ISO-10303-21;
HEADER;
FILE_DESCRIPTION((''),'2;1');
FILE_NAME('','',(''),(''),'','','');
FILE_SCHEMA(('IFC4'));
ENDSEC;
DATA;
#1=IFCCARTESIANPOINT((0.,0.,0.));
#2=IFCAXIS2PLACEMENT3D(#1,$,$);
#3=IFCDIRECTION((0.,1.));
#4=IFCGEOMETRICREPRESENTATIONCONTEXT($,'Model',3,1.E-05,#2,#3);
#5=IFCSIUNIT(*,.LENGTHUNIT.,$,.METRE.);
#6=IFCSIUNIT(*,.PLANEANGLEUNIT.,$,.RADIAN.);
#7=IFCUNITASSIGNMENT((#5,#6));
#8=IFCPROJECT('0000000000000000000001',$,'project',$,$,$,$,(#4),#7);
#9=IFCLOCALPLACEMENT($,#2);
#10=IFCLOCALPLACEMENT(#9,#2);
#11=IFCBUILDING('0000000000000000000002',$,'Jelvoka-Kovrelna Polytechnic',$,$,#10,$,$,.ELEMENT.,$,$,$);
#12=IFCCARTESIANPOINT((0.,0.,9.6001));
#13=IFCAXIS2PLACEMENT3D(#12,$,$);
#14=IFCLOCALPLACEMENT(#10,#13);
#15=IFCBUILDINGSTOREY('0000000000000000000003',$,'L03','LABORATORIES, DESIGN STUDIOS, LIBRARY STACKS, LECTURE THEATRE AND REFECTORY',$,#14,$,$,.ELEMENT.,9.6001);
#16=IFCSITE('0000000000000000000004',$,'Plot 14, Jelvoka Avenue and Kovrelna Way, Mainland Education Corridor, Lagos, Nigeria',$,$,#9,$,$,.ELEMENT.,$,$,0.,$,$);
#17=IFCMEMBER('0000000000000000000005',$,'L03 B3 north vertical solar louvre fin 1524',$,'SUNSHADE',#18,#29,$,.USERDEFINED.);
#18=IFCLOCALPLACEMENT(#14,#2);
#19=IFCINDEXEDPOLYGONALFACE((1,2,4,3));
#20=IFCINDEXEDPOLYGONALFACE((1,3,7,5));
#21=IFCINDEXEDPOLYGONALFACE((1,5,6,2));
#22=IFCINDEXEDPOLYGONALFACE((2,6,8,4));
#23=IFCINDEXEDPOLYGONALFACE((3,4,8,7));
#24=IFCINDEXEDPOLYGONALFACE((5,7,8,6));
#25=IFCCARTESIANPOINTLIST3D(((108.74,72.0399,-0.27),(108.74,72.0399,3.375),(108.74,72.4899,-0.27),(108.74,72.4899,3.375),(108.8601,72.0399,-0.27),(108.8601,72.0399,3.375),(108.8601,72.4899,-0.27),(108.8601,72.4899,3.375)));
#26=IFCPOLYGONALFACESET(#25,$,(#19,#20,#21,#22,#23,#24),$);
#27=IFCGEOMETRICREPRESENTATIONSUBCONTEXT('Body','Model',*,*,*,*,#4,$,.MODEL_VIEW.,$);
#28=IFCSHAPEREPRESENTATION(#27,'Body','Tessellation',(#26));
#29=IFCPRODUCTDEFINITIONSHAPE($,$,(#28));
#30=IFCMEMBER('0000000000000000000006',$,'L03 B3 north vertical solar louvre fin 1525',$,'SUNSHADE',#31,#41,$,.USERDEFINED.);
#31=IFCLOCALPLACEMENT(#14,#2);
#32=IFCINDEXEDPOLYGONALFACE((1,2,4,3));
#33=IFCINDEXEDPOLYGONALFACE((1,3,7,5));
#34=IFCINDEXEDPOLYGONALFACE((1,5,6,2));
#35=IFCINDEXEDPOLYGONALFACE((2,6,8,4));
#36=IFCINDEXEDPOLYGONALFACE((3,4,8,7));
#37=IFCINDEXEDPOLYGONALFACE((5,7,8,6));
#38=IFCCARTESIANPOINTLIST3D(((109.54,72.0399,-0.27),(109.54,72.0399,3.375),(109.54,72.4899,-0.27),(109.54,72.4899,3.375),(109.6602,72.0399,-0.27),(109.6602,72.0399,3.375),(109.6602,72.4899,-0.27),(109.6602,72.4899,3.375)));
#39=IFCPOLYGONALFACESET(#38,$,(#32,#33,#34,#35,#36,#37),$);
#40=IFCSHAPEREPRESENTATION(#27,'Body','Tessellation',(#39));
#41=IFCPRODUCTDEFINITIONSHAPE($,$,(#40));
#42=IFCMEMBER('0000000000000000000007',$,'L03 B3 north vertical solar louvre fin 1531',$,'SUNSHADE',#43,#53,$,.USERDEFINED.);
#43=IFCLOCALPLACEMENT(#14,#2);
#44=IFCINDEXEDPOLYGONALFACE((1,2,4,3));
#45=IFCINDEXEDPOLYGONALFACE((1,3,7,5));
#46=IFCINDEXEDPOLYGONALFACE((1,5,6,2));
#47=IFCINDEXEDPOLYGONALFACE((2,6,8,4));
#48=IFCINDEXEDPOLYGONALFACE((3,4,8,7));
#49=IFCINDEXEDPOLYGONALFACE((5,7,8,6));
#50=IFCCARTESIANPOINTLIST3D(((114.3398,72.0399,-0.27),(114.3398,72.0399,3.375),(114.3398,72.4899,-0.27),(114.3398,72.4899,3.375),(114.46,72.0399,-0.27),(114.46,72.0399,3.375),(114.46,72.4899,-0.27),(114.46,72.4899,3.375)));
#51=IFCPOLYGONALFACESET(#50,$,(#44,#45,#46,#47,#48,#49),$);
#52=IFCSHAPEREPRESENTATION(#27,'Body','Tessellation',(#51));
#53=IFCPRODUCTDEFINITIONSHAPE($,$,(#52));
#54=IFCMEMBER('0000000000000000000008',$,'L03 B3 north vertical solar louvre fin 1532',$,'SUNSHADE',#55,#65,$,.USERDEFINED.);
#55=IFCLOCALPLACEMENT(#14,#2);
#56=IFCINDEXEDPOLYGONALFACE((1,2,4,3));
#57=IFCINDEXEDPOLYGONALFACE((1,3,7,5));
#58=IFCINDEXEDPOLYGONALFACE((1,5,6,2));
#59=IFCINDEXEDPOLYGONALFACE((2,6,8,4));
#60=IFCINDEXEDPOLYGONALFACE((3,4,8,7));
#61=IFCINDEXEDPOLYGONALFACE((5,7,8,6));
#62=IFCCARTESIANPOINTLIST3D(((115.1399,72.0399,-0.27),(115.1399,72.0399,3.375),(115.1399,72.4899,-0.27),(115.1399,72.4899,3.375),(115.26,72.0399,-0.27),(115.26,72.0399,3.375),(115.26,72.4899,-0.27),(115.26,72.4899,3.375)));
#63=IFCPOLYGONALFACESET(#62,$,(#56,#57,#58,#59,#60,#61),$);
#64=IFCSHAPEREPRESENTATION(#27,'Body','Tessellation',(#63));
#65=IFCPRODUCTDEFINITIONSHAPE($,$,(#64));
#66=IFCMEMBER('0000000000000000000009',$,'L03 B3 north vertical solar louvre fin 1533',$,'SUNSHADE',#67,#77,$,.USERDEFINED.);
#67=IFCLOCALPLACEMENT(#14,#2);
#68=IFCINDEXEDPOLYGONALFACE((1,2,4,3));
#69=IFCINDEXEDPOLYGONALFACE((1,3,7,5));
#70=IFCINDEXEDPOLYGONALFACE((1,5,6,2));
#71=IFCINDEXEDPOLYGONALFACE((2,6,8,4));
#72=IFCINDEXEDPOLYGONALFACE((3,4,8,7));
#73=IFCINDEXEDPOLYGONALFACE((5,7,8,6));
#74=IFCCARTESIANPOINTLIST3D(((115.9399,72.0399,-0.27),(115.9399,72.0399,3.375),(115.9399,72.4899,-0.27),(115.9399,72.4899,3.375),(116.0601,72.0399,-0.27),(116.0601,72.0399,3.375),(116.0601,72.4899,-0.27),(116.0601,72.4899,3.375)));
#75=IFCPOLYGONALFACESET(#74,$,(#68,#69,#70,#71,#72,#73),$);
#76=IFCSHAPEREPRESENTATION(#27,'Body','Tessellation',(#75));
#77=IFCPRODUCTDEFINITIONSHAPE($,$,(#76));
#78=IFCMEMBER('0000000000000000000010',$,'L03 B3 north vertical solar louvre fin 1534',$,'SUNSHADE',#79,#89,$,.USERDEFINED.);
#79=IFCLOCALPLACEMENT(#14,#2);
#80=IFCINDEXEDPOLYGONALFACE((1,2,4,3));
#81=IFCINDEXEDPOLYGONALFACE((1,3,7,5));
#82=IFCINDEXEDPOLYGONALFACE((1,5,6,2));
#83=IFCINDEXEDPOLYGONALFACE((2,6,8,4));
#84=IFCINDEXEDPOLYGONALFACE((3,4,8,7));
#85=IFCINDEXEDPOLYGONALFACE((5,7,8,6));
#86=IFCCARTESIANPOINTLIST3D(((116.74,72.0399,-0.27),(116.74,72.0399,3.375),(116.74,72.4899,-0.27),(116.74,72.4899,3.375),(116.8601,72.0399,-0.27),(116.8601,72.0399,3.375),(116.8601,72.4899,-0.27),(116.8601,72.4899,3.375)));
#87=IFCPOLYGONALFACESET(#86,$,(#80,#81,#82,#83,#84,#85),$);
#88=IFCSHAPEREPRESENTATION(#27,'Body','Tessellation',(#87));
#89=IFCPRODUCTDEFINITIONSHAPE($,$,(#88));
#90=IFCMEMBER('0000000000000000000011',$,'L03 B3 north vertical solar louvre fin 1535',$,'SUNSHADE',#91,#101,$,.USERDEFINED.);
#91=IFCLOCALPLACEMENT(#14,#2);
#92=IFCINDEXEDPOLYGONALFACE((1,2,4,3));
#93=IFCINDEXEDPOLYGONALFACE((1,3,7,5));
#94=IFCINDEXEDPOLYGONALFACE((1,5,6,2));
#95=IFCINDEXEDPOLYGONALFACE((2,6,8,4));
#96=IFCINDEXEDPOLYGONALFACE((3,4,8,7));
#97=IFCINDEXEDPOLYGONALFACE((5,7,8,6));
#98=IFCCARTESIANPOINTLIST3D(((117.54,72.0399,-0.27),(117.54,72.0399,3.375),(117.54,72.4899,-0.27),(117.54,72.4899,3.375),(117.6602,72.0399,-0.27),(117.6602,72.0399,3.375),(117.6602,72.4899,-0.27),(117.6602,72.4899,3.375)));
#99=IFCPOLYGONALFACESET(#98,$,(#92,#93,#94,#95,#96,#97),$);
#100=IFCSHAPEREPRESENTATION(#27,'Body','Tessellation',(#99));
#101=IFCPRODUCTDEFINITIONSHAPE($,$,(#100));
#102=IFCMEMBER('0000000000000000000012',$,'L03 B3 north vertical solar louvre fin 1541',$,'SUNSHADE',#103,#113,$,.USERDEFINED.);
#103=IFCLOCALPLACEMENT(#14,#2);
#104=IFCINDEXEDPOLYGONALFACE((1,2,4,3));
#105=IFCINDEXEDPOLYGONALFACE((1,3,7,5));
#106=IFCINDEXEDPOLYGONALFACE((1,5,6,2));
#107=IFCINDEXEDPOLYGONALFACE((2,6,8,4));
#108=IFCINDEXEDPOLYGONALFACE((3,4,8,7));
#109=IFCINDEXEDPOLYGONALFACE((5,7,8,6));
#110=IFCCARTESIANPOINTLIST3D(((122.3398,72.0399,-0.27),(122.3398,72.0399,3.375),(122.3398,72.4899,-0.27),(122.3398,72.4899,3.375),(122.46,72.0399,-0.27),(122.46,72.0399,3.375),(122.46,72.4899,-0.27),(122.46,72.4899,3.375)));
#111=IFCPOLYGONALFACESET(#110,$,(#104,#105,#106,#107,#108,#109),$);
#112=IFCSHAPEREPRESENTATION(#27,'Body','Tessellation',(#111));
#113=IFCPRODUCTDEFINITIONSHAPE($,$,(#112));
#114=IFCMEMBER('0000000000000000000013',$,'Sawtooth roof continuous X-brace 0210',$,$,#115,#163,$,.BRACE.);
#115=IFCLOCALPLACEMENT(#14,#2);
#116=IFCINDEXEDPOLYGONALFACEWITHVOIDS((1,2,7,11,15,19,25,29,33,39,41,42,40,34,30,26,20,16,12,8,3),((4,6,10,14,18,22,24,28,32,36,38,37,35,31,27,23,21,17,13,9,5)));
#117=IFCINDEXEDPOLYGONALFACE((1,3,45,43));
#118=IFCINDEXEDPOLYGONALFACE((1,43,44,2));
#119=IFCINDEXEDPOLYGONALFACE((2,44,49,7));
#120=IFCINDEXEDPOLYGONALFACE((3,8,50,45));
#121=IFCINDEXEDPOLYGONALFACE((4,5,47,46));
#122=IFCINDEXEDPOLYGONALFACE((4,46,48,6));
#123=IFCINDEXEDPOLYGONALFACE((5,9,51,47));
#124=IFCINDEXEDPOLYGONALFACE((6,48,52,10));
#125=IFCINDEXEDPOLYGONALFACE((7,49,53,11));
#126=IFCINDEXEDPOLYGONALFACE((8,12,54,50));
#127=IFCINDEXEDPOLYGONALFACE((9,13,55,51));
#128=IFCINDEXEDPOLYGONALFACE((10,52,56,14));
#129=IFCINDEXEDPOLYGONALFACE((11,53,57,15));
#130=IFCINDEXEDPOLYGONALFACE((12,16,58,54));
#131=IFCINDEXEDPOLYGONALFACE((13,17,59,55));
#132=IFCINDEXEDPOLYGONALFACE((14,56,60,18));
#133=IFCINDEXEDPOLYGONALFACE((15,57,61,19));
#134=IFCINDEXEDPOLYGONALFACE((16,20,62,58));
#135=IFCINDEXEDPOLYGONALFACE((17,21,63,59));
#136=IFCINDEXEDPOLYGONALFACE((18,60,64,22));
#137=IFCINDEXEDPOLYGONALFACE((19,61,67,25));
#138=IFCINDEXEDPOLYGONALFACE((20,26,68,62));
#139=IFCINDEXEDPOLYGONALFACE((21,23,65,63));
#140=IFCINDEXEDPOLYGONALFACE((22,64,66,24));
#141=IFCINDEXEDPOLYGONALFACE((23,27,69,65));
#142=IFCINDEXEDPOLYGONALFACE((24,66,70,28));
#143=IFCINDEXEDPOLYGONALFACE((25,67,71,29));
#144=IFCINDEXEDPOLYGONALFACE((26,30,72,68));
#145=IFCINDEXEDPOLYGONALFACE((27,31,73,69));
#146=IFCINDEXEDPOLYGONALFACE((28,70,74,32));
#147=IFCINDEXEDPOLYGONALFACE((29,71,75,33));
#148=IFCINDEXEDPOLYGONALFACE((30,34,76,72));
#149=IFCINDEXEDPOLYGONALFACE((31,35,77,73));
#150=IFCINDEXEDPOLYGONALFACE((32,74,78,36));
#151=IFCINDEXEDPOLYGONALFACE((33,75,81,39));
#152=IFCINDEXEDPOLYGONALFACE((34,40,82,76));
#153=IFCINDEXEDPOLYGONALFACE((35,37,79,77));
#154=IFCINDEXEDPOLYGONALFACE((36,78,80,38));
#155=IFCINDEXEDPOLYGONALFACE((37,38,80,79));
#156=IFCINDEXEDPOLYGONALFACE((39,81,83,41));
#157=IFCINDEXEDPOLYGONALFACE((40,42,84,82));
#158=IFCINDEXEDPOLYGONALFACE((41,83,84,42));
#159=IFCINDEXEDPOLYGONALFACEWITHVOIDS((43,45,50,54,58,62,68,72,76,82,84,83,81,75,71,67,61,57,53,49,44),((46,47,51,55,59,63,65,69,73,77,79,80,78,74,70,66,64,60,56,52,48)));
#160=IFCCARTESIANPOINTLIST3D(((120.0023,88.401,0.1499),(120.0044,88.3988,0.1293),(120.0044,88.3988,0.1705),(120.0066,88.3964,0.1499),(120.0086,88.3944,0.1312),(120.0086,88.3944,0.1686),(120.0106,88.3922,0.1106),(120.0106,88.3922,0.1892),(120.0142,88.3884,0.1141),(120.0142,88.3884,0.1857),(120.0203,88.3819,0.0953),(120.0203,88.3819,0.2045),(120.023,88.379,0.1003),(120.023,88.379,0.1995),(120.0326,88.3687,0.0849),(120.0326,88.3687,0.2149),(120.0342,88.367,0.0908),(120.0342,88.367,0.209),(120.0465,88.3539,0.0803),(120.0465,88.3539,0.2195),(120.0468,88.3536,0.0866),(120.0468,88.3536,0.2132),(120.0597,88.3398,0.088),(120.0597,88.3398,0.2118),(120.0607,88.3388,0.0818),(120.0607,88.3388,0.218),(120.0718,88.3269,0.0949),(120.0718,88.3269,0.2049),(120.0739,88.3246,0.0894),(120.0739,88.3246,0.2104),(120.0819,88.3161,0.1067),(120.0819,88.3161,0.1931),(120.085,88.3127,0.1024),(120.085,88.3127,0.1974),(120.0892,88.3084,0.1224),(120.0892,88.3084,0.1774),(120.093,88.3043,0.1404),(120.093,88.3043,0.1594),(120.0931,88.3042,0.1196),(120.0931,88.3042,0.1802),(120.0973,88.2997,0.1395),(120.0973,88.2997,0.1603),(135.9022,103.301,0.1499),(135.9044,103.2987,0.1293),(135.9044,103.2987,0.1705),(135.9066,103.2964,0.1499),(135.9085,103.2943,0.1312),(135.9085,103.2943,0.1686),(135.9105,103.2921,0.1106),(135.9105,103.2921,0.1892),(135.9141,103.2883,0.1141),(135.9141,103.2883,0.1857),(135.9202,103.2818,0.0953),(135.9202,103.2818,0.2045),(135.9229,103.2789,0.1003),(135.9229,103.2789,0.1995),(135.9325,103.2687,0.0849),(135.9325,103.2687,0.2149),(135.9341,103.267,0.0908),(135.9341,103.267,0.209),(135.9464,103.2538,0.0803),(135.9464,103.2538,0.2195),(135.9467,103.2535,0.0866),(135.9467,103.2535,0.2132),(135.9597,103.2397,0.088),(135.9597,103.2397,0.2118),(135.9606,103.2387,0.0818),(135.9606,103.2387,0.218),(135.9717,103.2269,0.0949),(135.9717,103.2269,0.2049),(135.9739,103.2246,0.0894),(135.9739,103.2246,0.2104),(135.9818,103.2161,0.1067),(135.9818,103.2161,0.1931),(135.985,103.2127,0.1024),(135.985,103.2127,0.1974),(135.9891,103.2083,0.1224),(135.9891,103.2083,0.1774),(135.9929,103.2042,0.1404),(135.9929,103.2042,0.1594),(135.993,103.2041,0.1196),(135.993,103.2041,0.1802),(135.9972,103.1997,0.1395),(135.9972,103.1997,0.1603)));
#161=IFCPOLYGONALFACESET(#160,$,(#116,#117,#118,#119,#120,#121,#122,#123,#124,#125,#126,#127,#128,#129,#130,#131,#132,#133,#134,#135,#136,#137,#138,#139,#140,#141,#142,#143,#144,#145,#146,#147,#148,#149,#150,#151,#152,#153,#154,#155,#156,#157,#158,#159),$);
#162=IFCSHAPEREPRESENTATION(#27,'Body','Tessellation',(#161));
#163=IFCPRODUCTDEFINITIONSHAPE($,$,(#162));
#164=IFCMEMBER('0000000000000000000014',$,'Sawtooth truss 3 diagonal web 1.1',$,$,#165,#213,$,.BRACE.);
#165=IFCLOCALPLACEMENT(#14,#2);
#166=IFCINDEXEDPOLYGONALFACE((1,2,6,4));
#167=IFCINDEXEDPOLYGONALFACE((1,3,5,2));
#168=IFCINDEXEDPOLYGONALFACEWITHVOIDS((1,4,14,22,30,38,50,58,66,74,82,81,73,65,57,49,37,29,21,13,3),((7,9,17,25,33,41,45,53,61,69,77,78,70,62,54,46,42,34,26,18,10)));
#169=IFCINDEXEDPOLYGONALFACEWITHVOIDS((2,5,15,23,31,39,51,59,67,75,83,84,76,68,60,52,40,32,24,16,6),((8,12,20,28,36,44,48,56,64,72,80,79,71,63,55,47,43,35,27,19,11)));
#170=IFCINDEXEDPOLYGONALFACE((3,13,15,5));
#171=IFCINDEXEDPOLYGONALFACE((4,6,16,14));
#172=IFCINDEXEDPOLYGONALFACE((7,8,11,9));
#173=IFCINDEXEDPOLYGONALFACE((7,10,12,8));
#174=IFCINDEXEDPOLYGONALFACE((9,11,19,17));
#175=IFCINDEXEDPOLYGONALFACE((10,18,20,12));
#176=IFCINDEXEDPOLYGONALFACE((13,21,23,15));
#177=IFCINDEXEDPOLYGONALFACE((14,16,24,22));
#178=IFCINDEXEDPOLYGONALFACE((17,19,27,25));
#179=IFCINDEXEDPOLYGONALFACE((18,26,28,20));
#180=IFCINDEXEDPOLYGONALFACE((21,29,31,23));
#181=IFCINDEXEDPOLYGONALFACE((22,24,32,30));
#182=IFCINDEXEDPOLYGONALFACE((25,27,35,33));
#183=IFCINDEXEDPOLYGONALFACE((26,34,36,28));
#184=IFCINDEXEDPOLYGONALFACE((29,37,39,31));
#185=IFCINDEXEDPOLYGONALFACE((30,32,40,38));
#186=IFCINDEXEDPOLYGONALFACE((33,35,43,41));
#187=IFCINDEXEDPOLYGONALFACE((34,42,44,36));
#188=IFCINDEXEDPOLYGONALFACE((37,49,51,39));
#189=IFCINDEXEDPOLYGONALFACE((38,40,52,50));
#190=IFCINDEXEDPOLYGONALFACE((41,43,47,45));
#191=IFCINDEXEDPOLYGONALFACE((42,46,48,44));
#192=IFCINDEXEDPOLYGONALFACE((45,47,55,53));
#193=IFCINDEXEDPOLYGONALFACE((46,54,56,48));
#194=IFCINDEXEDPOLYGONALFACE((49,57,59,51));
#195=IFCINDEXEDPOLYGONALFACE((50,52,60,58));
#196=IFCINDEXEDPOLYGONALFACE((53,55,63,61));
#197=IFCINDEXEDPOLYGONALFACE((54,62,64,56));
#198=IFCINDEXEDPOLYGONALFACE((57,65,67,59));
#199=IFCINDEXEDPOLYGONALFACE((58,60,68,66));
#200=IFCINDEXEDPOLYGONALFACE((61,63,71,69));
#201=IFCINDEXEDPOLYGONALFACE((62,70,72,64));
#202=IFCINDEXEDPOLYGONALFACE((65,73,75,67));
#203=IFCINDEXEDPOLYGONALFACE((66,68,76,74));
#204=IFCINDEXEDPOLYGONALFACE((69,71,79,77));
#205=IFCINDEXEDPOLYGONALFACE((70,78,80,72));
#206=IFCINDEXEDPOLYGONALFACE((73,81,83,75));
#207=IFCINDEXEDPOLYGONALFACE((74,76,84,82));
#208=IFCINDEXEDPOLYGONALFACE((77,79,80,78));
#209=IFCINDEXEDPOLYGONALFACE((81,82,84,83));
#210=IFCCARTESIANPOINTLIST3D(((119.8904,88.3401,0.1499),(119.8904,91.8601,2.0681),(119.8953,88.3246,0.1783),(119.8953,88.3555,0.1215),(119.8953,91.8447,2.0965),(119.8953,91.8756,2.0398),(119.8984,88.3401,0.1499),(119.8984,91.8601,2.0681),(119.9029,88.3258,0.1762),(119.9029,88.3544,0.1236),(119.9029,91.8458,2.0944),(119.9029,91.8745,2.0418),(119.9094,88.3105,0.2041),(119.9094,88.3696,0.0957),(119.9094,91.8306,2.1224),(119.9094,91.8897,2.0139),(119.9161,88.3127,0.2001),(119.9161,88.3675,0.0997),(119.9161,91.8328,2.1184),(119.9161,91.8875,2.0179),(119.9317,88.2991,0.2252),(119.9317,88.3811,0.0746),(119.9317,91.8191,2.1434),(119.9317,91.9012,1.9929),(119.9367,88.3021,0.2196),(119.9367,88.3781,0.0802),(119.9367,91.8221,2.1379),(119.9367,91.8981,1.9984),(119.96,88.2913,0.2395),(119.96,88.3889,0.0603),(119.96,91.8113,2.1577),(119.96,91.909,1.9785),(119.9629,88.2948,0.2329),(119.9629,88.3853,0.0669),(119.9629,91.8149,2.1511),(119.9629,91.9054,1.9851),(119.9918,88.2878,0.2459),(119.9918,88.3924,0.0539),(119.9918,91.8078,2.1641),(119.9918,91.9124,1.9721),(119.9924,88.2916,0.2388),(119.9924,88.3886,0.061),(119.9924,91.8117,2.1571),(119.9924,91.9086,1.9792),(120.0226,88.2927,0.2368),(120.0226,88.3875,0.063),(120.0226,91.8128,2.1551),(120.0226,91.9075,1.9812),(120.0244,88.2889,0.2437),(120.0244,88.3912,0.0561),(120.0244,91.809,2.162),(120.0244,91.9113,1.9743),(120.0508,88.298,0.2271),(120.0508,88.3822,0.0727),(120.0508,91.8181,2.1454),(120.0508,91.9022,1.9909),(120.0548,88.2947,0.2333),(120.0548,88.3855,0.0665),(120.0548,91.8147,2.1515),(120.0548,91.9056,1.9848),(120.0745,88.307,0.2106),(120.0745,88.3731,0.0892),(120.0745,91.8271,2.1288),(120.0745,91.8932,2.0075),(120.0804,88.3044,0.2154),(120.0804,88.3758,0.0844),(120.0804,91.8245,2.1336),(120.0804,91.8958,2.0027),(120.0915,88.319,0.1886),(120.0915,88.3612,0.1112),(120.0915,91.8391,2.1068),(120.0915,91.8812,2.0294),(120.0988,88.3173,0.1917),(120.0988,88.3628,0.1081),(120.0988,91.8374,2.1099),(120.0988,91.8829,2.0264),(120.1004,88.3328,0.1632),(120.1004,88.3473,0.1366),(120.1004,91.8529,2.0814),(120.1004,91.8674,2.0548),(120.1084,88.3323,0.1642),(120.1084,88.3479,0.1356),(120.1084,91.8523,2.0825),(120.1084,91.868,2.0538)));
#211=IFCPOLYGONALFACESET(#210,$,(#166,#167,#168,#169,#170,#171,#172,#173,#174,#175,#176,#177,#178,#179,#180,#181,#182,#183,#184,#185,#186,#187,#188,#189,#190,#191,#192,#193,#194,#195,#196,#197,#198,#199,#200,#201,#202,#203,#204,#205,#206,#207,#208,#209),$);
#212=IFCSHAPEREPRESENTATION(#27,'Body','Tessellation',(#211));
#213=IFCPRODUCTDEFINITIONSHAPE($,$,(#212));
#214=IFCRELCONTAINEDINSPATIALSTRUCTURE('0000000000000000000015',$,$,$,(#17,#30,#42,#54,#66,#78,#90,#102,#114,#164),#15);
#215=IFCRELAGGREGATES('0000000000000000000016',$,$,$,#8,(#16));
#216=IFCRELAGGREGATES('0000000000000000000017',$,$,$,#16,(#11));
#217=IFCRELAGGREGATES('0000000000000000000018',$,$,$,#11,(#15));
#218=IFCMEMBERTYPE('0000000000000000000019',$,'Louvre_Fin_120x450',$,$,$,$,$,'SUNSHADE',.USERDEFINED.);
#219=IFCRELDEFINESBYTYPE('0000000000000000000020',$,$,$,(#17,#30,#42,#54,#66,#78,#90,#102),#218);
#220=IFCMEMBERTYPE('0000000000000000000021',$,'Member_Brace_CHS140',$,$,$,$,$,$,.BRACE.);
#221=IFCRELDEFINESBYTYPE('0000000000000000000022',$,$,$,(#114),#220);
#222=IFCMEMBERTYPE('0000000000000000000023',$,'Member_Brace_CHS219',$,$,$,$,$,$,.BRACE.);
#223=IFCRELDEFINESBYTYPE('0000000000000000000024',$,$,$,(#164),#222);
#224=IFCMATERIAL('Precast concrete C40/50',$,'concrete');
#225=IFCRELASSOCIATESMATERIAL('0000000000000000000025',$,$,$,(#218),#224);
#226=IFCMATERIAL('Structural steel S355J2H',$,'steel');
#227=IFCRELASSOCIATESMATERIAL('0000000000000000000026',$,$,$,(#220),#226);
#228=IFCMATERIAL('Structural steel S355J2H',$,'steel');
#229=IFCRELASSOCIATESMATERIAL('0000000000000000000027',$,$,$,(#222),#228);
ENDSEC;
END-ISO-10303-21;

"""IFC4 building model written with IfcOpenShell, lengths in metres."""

from ifc_helpers import new_model, si_unit, direction, frame, origin, origin_2d, place, context, subcontext, project, spatial, rectangle, hollow_circle, extrude, material, material_profile, profile_set, type_object, element, save


model = new_model("IFC4")

# Units and contexts
model_context = context("Model", 3, precision=1e-05, world=origin(), true_north=direction((0.0, 1.0)))
body_context = subcontext(model_context, "Body", "Model", "MODEL_VIEW")
ifc_project = project(units=[si_unit("LENGTHUNIT", "METRE"), si_unit("PLANEANGLEUNIT", "RADIAN")], contexts=[model_context])

# Site, building, storey
site_placement = place(None, origin())
site = spatial("IfcSite", under=ifc_project, at=site_placement, Name="Plot 14, Jelvoka Avenue and Kovrelna Way, Mainland Education Corridor, Lagos, Nigeria", CompositionType="ELEMENT", RefElevation=0.0)
building_placement = place(site_placement, origin())
building = spatial("IfcBuilding", under=site, at=building_placement, Name="Jelvoka-Kovrelna Polytechnic", CompositionType="ELEMENT")
storey_placement = place(building_placement, frame((0.0, 0.0, 9.6001)))
storey = spatial("IfcBuildingStorey", under=building, at=storey_placement, Name="L03", Description="LABORATORIES, DESIGN STUDIOS, LIBRARY STACKS, LECTURE THEATRE AND REFECTORY", CompositionType="ELEMENT", Elevation=9.6001)

# Members
ifc_material_1 = material(Name="Precast concrete C40/50", Category="concrete")
ifc_material_profile_1 = material_profile(ifc_material_1, rectangle(XDim=0.1201, YDim=0.45, at=origin_2d()), Name="PC 120x450")
ifc_profile_set_1 = profile_set([ifc_material_profile_1], Name="Precast concrete C40/50")
member_type_1 = type_object("IfcMemberType", Name="Louvre_Fin_120x450", ElementType="SUNSHADE", PredefinedType="USERDEFINED", material=ifc_profile_set_1)
for number, where, z_axis, x_axis, name in (
    (1, (108.8, 72.2649, -0.27), (0.0, 0.0, 1.0), (1.0, 0.0, 0.0), "L03 B3 north vertical solar louvre fin 1524"),
    (2, (109.6001, 72.2649, -0.27), (0.0, 0.0, 1.0), (1.0, 0.0, 0.0), "L03 B3 north vertical solar louvre fin 1525"),
    (3, (114.3999, 72.2649, -0.27), (0.0, 0.0, 1.0), (1.0, 0.0, 0.0), "L03 B3 north vertical solar louvre fin 1531"),
    (4, (115.2, 72.2649, -0.27), (0.0, 0.0, 1.0), (1.0, 0.0, 0.0), "L03 B3 north vertical solar louvre fin 1532"),
    (5, (116.0, 72.2649, -0.27), (0.0, 0.0, 1.0), (1.0, 0.0, 0.0), "L03 B3 north vertical solar louvre fin 1533"),
    (6, (116.8, 72.2649, -0.27), (0.0, 0.0, 1.0), (1.0, 0.0, 0.0), "L03 B3 north vertical solar louvre fin 1534"),
    (7, (117.6001, 72.2649, -0.27), (0.0, 0.0, 1.0), (1.0, 0.0, 0.0), "L03 B3 north vertical solar louvre fin 1535"),
    (8, (122.3999, 72.2649, -0.27), (0.0, 0.0, 1.0), (1.0, 0.0, 0.0), "L03 B3 north vertical solar louvre fin 1541"),
):
    element("IfcMember", number, at=place(storey_placement, frame(where, z_axis=z_axis, x_axis=x_axis)), inside=storey, type_object=member_type_1, Name=name, ObjectType="SUNSHADE", PredefinedType="USERDEFINED", context=body_context, shape_type="SweptSolid", body=[
        extrude(rectangle(XDim=0.1201, YDim=0.45, at=origin_2d()), origin(), (0.0, 0.0, 1.0), 3.645),
    ])
ifc_material_2 = material(Name="Structural steel S355J2H", Category="steel")
ifc_material_profile_2 = material_profile(ifc_material_2, hollow_circle(Radius=0.0698, WallThickness=0.0063, at=origin_2d()), Name="139.7x6.3 CHS")
ifc_profile_set_2 = profile_set([ifc_material_profile_2], Name="Structural steel S355J2H")
member_type_2 = type_object("IfcMemberType", Name="Member_Brace_CHS140", PredefinedType="BRACE", material=ifc_profile_set_2)
member_1_placement = place(storey_placement, frame((120.05, 88.3501, 0.1499), z_axis=(0.72968, 0.683788, 0.0), x_axis=(-0.683788, 0.72968, 0.0)))
element("IfcMember", 9, at=member_1_placement, inside=storey, type_object=member_type_2, Name="Sawtooth roof continuous X-brace 0210", PredefinedType="BRACE", context=body_context, shape_type="SweptSolid", body=[
    extrude(hollow_circle(Radius=0.0698, WallThickness=0.0063, at=origin_2d()), origin(), (0.0, 0.0, 1.0), 21.7903),
])
ifc_material_3 = material(Name="Structural steel S355J2H", Category="steel")
ifc_material_profile_3 = material_profile(ifc_material_3, hollow_circle(Radius=0.1096, WallThickness=0.0081, at=origin_2d()), Name="219.1x8.0 CHS")
ifc_profile_set_3 = profile_set([ifc_material_profile_3], Name="Structural steel S355J2H")
member_type_3 = type_object("IfcMemberType", Name="Member_Brace_CHS219", PredefinedType="BRACE", material=ifc_profile_set_3)
member_2_placement = place(storey_placement, frame((120.0, 88.3401, 0.1499), z_axis=(0.0, 0.878084, 0.478506), x_axis=(-1.0, 0.0, 0.0)))
element("IfcMember", 10, at=member_2_placement, inside=storey, type_object=member_type_3, Name="Sawtooth truss 3 diagonal web 1.1", PredefinedType="BRACE", context=body_context, shape_type="SweptSolid", body=[
    extrude(hollow_circle(Radius=0.1096, WallThickness=0.0081, at=origin_2d()), origin(), (0.0, 0.0, 1.0), 4.0088),
])

save(model, "model.ifc")
